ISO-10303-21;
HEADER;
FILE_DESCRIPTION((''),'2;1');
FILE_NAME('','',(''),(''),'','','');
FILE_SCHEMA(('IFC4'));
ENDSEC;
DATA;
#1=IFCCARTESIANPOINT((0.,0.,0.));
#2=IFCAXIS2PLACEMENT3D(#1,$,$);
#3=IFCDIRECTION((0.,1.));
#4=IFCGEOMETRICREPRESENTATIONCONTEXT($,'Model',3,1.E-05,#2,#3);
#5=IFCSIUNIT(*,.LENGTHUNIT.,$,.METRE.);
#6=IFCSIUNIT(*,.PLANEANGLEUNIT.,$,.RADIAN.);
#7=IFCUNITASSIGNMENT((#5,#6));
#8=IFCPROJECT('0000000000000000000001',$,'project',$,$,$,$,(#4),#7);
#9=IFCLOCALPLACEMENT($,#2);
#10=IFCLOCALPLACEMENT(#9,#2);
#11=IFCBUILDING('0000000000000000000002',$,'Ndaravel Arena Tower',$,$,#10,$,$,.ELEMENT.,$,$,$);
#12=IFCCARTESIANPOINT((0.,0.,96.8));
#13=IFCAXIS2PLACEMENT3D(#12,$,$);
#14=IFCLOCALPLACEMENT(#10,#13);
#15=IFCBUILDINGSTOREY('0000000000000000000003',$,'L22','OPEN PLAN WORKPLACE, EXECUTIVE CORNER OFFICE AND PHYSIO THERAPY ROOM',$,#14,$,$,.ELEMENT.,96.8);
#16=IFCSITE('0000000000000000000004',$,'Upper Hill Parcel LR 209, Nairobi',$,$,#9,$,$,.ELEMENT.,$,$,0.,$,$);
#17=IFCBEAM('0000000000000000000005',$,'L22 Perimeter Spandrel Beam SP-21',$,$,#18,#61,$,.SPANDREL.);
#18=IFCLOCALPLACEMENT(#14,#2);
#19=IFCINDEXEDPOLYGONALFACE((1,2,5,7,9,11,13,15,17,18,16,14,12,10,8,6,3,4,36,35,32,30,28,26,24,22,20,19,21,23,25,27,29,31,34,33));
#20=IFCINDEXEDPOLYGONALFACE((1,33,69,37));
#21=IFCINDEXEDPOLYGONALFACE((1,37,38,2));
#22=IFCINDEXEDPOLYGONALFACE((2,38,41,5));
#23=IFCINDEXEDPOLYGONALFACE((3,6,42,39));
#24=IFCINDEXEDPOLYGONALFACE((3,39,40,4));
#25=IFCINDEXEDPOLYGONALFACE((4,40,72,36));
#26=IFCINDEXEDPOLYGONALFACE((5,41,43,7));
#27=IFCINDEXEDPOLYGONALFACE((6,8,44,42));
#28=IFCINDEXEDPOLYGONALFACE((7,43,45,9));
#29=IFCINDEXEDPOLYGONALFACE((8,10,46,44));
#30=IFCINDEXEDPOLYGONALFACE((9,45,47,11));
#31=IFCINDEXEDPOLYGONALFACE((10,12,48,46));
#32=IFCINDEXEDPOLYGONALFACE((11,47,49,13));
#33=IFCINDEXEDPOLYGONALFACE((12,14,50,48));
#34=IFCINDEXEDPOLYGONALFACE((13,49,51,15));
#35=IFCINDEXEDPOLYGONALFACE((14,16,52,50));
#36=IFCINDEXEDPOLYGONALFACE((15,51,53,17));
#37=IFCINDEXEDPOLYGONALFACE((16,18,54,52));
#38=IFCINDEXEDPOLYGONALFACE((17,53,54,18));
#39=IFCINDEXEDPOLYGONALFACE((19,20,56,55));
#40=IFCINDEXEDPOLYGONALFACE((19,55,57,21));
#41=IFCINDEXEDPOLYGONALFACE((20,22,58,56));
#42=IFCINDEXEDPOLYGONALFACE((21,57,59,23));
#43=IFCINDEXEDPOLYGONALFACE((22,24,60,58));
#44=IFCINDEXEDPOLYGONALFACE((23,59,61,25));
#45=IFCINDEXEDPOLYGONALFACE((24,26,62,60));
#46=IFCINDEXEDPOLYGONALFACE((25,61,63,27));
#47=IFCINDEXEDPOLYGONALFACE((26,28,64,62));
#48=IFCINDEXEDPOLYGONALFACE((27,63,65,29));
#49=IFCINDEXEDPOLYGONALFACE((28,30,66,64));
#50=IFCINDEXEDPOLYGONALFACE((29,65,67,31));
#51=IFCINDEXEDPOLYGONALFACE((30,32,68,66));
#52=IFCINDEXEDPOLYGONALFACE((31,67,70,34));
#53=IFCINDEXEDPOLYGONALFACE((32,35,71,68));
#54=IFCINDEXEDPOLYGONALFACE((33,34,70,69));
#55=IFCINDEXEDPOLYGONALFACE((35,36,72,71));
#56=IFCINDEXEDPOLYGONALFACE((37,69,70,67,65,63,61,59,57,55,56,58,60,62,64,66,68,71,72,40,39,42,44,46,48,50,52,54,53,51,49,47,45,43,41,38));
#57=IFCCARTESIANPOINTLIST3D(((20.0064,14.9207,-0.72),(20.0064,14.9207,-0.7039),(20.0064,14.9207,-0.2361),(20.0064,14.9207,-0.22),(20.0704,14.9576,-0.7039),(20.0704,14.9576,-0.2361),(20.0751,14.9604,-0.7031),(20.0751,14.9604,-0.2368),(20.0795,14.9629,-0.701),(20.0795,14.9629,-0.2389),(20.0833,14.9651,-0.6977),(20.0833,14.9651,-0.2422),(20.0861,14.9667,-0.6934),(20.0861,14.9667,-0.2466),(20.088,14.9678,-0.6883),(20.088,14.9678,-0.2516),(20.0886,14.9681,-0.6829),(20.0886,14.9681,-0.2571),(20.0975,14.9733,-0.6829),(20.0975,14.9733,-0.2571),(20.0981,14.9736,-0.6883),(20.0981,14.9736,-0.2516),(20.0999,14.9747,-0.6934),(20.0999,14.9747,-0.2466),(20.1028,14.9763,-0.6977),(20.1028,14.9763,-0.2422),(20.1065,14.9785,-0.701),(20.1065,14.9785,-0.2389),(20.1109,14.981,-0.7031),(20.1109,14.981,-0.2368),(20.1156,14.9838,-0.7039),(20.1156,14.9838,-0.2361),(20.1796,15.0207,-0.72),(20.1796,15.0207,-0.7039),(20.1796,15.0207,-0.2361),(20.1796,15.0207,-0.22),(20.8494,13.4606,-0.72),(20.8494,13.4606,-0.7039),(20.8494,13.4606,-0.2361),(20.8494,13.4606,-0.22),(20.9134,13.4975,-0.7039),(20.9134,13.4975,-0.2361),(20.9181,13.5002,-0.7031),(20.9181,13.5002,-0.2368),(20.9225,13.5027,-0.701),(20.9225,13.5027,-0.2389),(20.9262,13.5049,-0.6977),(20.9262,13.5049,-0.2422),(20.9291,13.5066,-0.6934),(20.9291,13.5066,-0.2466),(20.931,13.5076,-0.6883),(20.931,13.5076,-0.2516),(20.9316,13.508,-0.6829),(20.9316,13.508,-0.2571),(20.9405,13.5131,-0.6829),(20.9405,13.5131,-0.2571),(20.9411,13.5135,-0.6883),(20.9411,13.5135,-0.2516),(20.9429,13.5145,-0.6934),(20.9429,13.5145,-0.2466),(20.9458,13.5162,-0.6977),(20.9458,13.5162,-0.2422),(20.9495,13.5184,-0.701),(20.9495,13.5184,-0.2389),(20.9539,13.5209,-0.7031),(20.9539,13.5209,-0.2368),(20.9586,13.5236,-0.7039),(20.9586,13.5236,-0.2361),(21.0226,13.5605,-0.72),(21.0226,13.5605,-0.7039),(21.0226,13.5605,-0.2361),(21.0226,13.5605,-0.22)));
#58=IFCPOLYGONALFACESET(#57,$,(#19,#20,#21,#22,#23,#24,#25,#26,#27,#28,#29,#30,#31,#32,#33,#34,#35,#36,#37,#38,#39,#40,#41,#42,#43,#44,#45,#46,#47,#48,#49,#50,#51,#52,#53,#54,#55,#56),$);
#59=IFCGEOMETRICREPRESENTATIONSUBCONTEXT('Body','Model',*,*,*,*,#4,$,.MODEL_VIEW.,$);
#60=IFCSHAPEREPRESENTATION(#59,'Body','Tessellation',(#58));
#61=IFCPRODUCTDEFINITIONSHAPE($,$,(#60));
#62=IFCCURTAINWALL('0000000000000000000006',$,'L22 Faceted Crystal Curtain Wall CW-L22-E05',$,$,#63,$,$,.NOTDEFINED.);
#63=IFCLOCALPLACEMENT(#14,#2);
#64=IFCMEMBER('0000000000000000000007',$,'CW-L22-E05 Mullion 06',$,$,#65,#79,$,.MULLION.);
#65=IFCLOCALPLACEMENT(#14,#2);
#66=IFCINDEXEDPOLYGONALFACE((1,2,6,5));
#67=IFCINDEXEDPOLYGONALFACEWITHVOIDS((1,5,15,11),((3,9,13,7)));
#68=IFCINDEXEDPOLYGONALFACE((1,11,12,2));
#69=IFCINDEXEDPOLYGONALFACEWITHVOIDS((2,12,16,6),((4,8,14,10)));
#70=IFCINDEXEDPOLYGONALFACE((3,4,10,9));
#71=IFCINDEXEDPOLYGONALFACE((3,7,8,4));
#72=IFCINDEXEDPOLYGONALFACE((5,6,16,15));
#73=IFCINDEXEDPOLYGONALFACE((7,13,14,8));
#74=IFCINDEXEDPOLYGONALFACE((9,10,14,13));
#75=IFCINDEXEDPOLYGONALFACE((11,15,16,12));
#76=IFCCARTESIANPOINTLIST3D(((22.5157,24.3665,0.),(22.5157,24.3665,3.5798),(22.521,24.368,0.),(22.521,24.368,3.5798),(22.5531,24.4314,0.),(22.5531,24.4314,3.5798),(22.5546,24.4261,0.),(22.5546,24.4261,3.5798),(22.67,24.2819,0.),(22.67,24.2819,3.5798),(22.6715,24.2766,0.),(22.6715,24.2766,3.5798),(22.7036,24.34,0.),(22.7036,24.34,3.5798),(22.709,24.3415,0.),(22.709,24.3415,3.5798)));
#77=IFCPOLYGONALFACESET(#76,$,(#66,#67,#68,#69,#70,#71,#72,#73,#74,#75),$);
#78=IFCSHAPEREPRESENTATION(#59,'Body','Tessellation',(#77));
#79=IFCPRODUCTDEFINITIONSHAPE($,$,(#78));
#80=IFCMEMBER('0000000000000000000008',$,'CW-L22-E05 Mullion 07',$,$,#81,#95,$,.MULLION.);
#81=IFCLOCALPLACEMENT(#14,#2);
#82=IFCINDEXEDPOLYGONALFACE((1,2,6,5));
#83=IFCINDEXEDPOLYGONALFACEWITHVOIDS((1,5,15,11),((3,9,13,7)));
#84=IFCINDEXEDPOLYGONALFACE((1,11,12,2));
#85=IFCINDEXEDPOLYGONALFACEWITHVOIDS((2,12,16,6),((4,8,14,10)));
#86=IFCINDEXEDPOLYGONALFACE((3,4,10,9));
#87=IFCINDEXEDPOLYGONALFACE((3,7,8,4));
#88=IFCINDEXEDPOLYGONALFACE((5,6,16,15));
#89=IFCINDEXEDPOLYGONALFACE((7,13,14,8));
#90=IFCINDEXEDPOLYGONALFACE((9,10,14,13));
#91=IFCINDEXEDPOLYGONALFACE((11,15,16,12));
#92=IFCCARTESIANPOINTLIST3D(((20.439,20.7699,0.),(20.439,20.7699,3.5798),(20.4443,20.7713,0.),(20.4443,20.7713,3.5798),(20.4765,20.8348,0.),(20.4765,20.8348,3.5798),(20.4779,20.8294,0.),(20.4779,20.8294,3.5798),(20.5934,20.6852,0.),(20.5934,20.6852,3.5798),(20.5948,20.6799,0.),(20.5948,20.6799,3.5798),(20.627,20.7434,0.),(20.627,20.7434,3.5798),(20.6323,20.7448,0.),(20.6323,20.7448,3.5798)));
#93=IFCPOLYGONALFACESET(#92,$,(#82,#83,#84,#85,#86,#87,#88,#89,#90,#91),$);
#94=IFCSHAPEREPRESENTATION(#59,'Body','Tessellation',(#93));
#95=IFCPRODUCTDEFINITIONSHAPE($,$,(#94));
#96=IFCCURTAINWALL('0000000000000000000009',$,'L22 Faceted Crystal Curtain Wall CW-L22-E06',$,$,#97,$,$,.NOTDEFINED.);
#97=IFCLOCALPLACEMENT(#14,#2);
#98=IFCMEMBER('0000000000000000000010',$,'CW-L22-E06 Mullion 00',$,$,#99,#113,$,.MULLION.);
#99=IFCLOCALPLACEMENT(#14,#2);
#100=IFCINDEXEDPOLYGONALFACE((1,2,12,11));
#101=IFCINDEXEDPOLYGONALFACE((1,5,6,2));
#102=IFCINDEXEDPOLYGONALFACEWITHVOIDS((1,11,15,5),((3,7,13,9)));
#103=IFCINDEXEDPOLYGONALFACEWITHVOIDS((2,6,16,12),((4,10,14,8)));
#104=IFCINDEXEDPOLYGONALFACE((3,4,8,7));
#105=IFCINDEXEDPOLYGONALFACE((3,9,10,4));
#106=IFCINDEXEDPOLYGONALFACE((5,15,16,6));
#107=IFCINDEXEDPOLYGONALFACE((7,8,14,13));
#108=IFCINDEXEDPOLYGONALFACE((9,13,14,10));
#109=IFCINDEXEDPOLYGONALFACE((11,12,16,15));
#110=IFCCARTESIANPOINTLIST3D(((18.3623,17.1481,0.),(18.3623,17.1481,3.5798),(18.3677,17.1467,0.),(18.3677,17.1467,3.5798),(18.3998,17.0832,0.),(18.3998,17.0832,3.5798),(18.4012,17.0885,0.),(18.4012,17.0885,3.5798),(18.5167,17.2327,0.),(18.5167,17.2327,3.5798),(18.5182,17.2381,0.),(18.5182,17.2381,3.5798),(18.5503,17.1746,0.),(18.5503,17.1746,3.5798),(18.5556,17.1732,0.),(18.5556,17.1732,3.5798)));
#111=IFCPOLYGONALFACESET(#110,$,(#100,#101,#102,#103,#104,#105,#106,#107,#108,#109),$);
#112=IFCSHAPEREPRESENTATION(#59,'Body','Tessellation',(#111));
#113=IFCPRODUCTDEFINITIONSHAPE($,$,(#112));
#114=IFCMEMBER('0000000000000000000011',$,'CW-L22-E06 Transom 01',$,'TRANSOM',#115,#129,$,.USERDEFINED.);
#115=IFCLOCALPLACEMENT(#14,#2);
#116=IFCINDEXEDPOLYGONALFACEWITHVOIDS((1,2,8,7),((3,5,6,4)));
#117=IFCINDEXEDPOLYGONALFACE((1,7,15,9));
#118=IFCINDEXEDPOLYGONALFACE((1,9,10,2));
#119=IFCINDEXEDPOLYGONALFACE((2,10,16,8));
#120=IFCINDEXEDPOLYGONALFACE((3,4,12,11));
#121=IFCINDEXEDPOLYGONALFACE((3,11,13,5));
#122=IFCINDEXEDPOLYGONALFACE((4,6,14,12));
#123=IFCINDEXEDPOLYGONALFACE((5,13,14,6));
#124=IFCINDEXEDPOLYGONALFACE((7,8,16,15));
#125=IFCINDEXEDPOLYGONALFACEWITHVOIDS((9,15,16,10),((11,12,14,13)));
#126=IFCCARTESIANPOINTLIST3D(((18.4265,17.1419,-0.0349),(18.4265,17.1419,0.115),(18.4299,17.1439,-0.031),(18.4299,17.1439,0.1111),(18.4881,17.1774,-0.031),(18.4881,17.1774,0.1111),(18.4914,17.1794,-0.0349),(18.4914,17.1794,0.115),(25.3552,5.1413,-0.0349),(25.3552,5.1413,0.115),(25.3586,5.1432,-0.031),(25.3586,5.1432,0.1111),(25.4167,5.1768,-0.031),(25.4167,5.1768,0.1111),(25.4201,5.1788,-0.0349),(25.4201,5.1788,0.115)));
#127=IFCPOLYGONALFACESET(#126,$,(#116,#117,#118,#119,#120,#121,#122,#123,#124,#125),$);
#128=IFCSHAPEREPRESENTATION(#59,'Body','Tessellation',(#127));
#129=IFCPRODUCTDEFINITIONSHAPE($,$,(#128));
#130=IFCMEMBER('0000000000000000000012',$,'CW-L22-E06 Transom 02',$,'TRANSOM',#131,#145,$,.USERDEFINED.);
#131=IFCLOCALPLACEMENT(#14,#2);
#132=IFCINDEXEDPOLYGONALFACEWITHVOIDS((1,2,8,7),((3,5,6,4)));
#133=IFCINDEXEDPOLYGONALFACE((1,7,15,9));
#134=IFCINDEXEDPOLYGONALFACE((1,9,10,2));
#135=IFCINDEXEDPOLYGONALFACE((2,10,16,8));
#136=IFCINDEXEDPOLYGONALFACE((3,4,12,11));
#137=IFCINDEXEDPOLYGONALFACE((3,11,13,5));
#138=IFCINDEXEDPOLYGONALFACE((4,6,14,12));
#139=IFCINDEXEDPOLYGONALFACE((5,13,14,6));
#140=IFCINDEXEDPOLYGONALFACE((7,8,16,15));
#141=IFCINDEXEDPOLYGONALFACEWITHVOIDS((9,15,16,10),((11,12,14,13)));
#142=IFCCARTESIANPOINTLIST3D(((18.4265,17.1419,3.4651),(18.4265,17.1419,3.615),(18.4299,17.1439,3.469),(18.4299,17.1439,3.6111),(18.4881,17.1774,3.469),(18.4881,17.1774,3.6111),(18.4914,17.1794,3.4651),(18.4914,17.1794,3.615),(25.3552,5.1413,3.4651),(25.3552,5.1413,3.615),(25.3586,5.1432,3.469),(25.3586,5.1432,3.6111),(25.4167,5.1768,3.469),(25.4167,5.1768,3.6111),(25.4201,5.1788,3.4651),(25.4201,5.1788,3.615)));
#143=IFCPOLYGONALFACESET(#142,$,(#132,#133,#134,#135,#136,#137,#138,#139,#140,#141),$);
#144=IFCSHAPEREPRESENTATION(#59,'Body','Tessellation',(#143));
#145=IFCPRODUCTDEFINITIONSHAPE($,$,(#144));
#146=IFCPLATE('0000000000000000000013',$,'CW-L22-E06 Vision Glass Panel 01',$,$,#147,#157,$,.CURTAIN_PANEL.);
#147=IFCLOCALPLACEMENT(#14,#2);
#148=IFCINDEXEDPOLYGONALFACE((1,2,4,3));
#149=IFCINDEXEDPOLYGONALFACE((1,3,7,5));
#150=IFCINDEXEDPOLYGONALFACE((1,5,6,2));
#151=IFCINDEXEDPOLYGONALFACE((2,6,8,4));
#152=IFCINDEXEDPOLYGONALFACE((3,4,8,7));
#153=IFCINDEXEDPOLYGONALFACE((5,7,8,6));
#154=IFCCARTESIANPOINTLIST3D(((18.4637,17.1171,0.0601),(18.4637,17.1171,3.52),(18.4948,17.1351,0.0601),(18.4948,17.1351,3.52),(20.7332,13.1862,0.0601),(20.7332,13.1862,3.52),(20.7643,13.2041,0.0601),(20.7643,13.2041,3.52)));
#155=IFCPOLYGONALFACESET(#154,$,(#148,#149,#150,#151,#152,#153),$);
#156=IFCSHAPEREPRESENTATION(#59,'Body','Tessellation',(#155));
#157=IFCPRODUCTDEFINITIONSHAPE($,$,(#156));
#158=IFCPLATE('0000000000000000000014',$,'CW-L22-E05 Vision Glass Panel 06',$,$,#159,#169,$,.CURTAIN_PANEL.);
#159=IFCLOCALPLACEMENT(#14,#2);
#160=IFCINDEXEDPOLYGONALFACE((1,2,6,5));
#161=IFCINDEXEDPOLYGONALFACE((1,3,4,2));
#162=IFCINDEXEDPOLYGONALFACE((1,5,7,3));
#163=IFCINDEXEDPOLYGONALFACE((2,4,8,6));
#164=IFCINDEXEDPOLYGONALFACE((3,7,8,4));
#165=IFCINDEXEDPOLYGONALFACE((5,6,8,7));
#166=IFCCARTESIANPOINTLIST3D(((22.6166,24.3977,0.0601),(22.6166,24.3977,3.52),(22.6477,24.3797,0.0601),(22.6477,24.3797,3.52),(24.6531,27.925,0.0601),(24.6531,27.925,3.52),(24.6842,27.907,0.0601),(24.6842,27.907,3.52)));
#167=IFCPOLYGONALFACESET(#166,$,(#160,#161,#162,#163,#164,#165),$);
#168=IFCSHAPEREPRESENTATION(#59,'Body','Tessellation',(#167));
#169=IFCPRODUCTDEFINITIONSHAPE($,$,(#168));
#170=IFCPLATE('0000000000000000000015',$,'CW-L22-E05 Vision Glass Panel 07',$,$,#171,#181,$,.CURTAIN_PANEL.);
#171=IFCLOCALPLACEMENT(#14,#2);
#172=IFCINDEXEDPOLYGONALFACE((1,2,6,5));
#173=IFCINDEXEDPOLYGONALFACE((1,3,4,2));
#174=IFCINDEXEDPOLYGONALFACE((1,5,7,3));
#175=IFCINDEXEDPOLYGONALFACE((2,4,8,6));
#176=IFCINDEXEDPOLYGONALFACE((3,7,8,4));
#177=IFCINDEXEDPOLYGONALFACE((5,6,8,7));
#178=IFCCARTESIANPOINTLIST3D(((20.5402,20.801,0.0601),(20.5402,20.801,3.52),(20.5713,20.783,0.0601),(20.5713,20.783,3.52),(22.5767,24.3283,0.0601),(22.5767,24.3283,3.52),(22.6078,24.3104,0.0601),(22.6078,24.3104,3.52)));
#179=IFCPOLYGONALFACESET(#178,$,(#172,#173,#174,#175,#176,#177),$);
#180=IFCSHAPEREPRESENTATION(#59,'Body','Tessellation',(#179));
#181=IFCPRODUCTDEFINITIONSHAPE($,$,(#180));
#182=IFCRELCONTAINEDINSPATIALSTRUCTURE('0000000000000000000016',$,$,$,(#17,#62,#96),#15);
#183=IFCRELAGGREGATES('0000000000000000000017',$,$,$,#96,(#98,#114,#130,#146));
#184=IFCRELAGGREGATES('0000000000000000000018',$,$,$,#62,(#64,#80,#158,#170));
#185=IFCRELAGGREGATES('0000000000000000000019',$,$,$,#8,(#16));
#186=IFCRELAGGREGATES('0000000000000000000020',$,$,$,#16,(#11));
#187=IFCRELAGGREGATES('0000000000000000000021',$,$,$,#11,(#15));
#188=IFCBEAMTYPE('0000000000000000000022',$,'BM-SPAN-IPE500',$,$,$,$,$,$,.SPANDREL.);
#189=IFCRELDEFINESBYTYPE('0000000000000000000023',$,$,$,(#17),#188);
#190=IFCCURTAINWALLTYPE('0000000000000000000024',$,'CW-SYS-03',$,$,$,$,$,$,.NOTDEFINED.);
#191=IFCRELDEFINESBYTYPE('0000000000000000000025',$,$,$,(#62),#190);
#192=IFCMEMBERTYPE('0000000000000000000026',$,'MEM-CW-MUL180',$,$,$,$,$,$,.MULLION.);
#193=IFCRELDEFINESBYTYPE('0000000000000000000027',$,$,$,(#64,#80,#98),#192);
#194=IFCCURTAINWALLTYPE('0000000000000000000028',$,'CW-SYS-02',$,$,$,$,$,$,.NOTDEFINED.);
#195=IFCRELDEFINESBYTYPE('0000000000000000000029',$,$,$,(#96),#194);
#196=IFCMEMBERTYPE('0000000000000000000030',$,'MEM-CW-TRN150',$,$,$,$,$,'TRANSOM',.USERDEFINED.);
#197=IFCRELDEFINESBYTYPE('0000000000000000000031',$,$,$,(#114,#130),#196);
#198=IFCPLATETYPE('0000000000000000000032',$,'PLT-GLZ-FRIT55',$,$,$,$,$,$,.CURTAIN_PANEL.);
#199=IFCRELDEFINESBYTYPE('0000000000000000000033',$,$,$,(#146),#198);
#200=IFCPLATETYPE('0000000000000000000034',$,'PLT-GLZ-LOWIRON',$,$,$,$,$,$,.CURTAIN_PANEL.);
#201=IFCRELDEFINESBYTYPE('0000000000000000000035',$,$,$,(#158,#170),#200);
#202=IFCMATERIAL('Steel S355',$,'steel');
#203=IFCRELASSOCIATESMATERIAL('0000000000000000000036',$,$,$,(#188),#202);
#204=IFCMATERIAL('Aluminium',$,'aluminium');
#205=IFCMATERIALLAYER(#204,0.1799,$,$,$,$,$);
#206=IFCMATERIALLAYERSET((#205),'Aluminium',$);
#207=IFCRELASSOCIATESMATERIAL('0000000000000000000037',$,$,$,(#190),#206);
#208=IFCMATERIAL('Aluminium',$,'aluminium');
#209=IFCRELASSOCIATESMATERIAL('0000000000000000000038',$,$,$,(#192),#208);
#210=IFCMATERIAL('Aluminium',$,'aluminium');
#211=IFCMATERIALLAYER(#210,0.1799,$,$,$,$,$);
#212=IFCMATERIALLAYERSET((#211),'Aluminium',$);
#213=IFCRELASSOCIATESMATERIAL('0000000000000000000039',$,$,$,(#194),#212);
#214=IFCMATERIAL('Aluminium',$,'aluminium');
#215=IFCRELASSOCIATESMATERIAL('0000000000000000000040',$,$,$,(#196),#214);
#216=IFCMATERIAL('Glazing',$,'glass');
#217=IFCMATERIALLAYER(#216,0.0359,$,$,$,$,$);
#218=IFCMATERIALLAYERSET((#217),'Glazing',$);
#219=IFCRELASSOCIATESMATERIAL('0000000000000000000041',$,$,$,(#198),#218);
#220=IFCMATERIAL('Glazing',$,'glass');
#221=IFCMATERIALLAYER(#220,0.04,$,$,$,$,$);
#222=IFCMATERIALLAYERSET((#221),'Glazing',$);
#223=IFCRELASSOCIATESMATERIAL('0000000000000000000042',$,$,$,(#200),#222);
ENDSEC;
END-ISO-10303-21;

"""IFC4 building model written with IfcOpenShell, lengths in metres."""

from ifc_helpers import new_model, si_unit, direction, frame, origin, origin_2d, place, context, subcontext, project, spatial, rectangle, hollow_rectangle, i_section, extrude, material, layer, layer_set, material_profile, profile_set, type_object, element, aggregate, save


model = new_model("IFC4")

# Units and contexts
model_context = context("Model", 3, precision=1e-05, world=origin(), true_north=direction((0.0, 1.0)))
body_context = subcontext(model_context, "Body", "Model", "MODEL_VIEW")
ifc_project = project(units=[si_unit("LENGTHUNIT", "METRE"), si_unit("PLANEANGLEUNIT", "RADIAN")], contexts=[model_context])

# Site, building, storey
site_placement = place(None, origin())
site = spatial("IfcSite", under=ifc_project, at=site_placement, Name="Upper Hill Parcel LR 209, Nairobi", CompositionType="ELEMENT", RefElevation=0.0)
building_placement = place(site_placement, origin())
building = spatial("IfcBuilding", under=site, at=building_placement, Name="Ndaravel Arena Tower", CompositionType="ELEMENT")
storey_placement = place(building_placement, frame((0.0, 0.0, 96.8)))
storey = spatial("IfcBuildingStorey", under=building, at=storey_placement, Name="L22", Description="OPEN PLAN WORKPLACE, EXECUTIVE CORNER OFFICE AND PHYSIO THERAPY ROOM", CompositionType="ELEMENT", Elevation=96.8)

# Beam
ifc_material_1 = material(Name="Steel S355", Category="steel")
ifc_material_profile_1 = material_profile(ifc_material_1, i_section(OverallWidth=0.2, OverallDepth=0.5, WebThickness=0.0103, FlangeThickness=0.0161, FilletRadius=0.021, at=origin_2d()), Name="IPE 500")
ifc_profile_set_1 = profile_set([ifc_material_profile_1], Name="Steel S355")
beam_type_1 = type_object("IfcBeamType", Name="BM-SPAN-IPE500", PredefinedType="SPANDREL", material=ifc_profile_set_1)
beam_1_placement = place(storey_placement, frame((20.093, 14.9707, -0.47), z_axis=(0.499986, -0.866034, 0.0), x_axis=(0.866034, 0.499986, 0.0)))
element("IfcBeam", 1, at=beam_1_placement, inside=storey, type_object=beam_type_1, Name="L22 Perimeter Spandrel Beam SP-21", PredefinedType="SPANDREL", context=body_context, shape_type="SweptSolid", body=[
    extrude(i_section(OverallWidth=0.2, OverallDepth=0.5, WebThickness=0.0103, FlangeThickness=0.0161, FilletRadius=0.021, at=origin_2d()), origin(), (0.0, 0.0, 1.0), 1.686),
])

# Curtain wall, members
ifc_material_2 = material(Name="Aluminium", Category="aluminium")
ifc_layer_1 = layer(ifc_material_2, 0.1799)
ifc_layer_set_1 = layer_set([ifc_layer_1], Name="Aluminium")
curtain_wall_type_1 = type_object("IfcCurtainWallType", Name="CW-SYS-03", PredefinedType="NOTDEFINED", material=ifc_layer_set_1)
curtain_wall_1_placement = place(storey_placement, origin())
curtain_wall_1 = element("IfcCurtainWall", 2, at=curtain_wall_1_placement, inside=storey, type_object=curtain_wall_type_1, Name="L22 Faceted Crystal Curtain Wall CW-L22-E05", PredefinedType="NOTDEFINED")
ifc_material_3 = material(Name="Aluminium", Category="aluminium")
ifc_material_profile_2 = material_profile(ifc_material_3, hollow_rectangle(XDim=0.075, YDim=0.1799, WallThickness=0.0039, at=origin_2d()), Name="CW MULLION 75x180x4")
ifc_profile_set_2 = profile_set([ifc_material_profile_2], Name="Aluminium")
member_type_1 = type_object("IfcMemberType", Name="MEM-CW-MUL180", PredefinedType="MULLION", material=ifc_profile_set_2)
member_1_placement = place(storey_placement, frame((22.6123, 24.354, 0.0), z_axis=(0.0, 0.0, 1.0), x_axis=(-0.5, -0.866025, 0.0)))
member_1 = element("IfcMember", 3, at=member_1_placement, type_object=member_type_1, Name="CW-L22-E05 Mullion 06", PredefinedType="MULLION", context=body_context, shape_type="SweptSolid", body=[
    extrude(hollow_rectangle(XDim=0.075, YDim=0.1799, WallThickness=0.0039, at=origin_2d()), origin(), (0.0, 0.0, 1.0), 3.5798),
])
member_2_placement = place(storey_placement, frame((20.5356, 20.7573, 0.0), z_axis=(0.0, 0.0, 1.0), x_axis=(-0.5, -0.866025, 0.0)))
member_2 = element("IfcMember", 4, at=member_2_placement, type_object=member_type_1, Name="CW-L22-E05 Mullion 07", PredefinedType="MULLION", context=body_context, shape_type="SweptSolid", body=[
    extrude(hollow_rectangle(XDim=0.075, YDim=0.1799, WallThickness=0.0039, at=origin_2d()), origin(), (0.0, 0.0, 1.0), 3.5798),
])

# Curtain wall, members, plate
ifc_material_4 = material(Name="Aluminium", Category="aluminium")
ifc_layer_2 = layer(ifc_material_4, 0.1799)
ifc_layer_set_2 = layer_set([ifc_layer_2], Name="Aluminium")
curtain_wall_type_2 = type_object("IfcCurtainWallType", Name="CW-SYS-02", PredefinedType="NOTDEFINED", material=ifc_layer_set_2)
curtain_wall_2_placement = place(storey_placement, origin())
curtain_wall_2 = element("IfcCurtainWall", 5, at=curtain_wall_2_placement, inside=storey, type_object=curtain_wall_type_2, Name="L22 Faceted Crystal Curtain Wall CW-L22-E06", PredefinedType="NOTDEFINED")
member_3_placement = place(storey_placement, frame((18.459, 17.1606, 0.0), z_axis=(0.0, 0.0, 1.0), x_axis=(0.5, -0.866025, 0.0)))
member_3 = element("IfcMember", 6, at=member_3_placement, type_object=member_type_1, Name="CW-L22-E06 Mullion 00", PredefinedType="MULLION", context=body_context, shape_type="SweptSolid", body=[
    extrude(hollow_rectangle(XDim=0.075, YDim=0.1799, WallThickness=0.0039, at=origin_2d()), origin(), (0.0, 0.0, 1.0), 3.5798),
])
ifc_material_5 = material(Name="Aluminium", Category="aluminium")
ifc_material_profile_3 = material_profile(ifc_material_5, hollow_rectangle(XDim=0.075, YDim=0.1499, WallThickness=0.0039, at=origin_2d()), Name="CW TRANSOM 75x150x4")
ifc_profile_set_3 = profile_set([ifc_material_profile_3], Name="Aluminium")
member_type_2 = type_object("IfcMemberType", Name="MEM-CW-TRN150", ElementType="TRANSOM", PredefinedType="USERDEFINED", material=ifc_profile_set_3)
member_4_placement = place(storey_placement, frame((18.459, 17.1606, 0.04), z_axis=(0.500005, -0.866023, 0.0), x_axis=(0.866023, 0.500005, 0.0)))
member_4 = element("IfcMember", 7, at=member_4_placement, type_object=member_type_2, Name="CW-L22-E06 Transom 01", ObjectType="TRANSOM", PredefinedType="USERDEFINED", context=body_context, shape_type="SweptSolid", body=[
    extrude(hollow_rectangle(XDim=0.075, YDim=0.1499, WallThickness=0.0039, at=origin_2d()), origin(), (0.0, 0.0, 1.0), 13.8572),
])
member_5_placement = place(storey_placement, frame((18.459, 17.1606, 3.54), z_axis=(0.500005, -0.866023, 0.0), x_axis=(0.866023, 0.500005, 0.0)))
member_5 = element("IfcMember", 8, at=member_5_placement, type_object=member_type_2, Name="CW-L22-E06 Transom 02", ObjectType="TRANSOM", PredefinedType="USERDEFINED", context=body_context, shape_type="SweptSolid", body=[
    extrude(hollow_rectangle(XDim=0.075, YDim=0.1499, WallThickness=0.0039, at=origin_2d()), origin(), (0.0, 0.0, 1.0), 13.8572),
])
ifc_material_6 = material(Name="Glazing", Category="glass")
ifc_layer_3 = layer(ifc_material_6, 0.0359)
ifc_layer_set_3 = layer_set([ifc_layer_3], Name="Glazing")
plate_type_1 = type_object("IfcPlateType", Name="PLT-GLZ-FRIT55", PredefinedType="CURTAIN_PANEL", material=ifc_layer_set_3)
plate_1_placement = place(storey_placement, frame((19.614, 15.1606, 0.0601), z_axis=(0.0, 0.0, 1.0), x_axis=(0.5, -0.866025, 0.0)))
plate_1 = element("IfcPlate", 9, at=plate_1_placement, type_object=plate_type_1, Name="CW-L22-E06 Vision Glass Panel 01", PredefinedType="CURTAIN_PANEL", context=body_context, shape_type="SweptSolid", body=[
    extrude(rectangle(XDim=4.5391, YDim=0.0359, at=origin_2d()), origin(), (0.0, 0.0, 1.0), 3.46),
])
aggregate(curtain_wall_2, [member_3, member_4, member_5, plate_1])

# Plates
ifc_material_7 = material(Name="Glazing", Category="glass")
ifc_layer_4 = layer(ifc_material_7, 0.04)
ifc_layer_set_4 = layer_set([ifc_layer_4], Name="Glazing")
plate_type_2 = type_object("IfcPlateType", Name="PLT-GLZ-LOWIRON", PredefinedType="CURTAIN_PANEL", material=ifc_layer_set_4)
plate_2_placement = place(storey_placement, frame((23.6504, 26.1523, 0.0601), z_axis=(0.0, 0.0, 1.0), x_axis=(-0.5, -0.866025, 0.0)))
plate_2 = element("IfcPlate", 10, at=plate_2_placement, type_object=plate_type_2, Name="CW-L22-E05 Vision Glass Panel 06", PredefinedType="CURTAIN_PANEL", context=body_context, shape_type="SweptSolid", body=[
    extrude(rectangle(XDim=4.073, YDim=0.0359, at=origin_2d()), origin(), (0.0, 0.0, 1.0), 3.46),
])
plate_3_placement = place(storey_placement, frame((21.574, 22.5557, 0.0601), z_axis=(0.0, 0.0, 1.0), x_axis=(-0.5, -0.866025, 0.0)))
plate_3 = element("IfcPlate", 11, at=plate_3_placement, type_object=plate_type_2, Name="CW-L22-E05 Vision Glass Panel 07", PredefinedType="CURTAIN_PANEL", context=body_context, shape_type="SweptSolid", body=[
    extrude(rectangle(XDim=4.073, YDim=0.0359, at=origin_2d()), origin(), (0.0, 0.0, 1.0), 3.46),
])
aggregate(curtain_wall_1, [member_1, member_2, plate_2, plate_3])

save(model, "model.ifc")
